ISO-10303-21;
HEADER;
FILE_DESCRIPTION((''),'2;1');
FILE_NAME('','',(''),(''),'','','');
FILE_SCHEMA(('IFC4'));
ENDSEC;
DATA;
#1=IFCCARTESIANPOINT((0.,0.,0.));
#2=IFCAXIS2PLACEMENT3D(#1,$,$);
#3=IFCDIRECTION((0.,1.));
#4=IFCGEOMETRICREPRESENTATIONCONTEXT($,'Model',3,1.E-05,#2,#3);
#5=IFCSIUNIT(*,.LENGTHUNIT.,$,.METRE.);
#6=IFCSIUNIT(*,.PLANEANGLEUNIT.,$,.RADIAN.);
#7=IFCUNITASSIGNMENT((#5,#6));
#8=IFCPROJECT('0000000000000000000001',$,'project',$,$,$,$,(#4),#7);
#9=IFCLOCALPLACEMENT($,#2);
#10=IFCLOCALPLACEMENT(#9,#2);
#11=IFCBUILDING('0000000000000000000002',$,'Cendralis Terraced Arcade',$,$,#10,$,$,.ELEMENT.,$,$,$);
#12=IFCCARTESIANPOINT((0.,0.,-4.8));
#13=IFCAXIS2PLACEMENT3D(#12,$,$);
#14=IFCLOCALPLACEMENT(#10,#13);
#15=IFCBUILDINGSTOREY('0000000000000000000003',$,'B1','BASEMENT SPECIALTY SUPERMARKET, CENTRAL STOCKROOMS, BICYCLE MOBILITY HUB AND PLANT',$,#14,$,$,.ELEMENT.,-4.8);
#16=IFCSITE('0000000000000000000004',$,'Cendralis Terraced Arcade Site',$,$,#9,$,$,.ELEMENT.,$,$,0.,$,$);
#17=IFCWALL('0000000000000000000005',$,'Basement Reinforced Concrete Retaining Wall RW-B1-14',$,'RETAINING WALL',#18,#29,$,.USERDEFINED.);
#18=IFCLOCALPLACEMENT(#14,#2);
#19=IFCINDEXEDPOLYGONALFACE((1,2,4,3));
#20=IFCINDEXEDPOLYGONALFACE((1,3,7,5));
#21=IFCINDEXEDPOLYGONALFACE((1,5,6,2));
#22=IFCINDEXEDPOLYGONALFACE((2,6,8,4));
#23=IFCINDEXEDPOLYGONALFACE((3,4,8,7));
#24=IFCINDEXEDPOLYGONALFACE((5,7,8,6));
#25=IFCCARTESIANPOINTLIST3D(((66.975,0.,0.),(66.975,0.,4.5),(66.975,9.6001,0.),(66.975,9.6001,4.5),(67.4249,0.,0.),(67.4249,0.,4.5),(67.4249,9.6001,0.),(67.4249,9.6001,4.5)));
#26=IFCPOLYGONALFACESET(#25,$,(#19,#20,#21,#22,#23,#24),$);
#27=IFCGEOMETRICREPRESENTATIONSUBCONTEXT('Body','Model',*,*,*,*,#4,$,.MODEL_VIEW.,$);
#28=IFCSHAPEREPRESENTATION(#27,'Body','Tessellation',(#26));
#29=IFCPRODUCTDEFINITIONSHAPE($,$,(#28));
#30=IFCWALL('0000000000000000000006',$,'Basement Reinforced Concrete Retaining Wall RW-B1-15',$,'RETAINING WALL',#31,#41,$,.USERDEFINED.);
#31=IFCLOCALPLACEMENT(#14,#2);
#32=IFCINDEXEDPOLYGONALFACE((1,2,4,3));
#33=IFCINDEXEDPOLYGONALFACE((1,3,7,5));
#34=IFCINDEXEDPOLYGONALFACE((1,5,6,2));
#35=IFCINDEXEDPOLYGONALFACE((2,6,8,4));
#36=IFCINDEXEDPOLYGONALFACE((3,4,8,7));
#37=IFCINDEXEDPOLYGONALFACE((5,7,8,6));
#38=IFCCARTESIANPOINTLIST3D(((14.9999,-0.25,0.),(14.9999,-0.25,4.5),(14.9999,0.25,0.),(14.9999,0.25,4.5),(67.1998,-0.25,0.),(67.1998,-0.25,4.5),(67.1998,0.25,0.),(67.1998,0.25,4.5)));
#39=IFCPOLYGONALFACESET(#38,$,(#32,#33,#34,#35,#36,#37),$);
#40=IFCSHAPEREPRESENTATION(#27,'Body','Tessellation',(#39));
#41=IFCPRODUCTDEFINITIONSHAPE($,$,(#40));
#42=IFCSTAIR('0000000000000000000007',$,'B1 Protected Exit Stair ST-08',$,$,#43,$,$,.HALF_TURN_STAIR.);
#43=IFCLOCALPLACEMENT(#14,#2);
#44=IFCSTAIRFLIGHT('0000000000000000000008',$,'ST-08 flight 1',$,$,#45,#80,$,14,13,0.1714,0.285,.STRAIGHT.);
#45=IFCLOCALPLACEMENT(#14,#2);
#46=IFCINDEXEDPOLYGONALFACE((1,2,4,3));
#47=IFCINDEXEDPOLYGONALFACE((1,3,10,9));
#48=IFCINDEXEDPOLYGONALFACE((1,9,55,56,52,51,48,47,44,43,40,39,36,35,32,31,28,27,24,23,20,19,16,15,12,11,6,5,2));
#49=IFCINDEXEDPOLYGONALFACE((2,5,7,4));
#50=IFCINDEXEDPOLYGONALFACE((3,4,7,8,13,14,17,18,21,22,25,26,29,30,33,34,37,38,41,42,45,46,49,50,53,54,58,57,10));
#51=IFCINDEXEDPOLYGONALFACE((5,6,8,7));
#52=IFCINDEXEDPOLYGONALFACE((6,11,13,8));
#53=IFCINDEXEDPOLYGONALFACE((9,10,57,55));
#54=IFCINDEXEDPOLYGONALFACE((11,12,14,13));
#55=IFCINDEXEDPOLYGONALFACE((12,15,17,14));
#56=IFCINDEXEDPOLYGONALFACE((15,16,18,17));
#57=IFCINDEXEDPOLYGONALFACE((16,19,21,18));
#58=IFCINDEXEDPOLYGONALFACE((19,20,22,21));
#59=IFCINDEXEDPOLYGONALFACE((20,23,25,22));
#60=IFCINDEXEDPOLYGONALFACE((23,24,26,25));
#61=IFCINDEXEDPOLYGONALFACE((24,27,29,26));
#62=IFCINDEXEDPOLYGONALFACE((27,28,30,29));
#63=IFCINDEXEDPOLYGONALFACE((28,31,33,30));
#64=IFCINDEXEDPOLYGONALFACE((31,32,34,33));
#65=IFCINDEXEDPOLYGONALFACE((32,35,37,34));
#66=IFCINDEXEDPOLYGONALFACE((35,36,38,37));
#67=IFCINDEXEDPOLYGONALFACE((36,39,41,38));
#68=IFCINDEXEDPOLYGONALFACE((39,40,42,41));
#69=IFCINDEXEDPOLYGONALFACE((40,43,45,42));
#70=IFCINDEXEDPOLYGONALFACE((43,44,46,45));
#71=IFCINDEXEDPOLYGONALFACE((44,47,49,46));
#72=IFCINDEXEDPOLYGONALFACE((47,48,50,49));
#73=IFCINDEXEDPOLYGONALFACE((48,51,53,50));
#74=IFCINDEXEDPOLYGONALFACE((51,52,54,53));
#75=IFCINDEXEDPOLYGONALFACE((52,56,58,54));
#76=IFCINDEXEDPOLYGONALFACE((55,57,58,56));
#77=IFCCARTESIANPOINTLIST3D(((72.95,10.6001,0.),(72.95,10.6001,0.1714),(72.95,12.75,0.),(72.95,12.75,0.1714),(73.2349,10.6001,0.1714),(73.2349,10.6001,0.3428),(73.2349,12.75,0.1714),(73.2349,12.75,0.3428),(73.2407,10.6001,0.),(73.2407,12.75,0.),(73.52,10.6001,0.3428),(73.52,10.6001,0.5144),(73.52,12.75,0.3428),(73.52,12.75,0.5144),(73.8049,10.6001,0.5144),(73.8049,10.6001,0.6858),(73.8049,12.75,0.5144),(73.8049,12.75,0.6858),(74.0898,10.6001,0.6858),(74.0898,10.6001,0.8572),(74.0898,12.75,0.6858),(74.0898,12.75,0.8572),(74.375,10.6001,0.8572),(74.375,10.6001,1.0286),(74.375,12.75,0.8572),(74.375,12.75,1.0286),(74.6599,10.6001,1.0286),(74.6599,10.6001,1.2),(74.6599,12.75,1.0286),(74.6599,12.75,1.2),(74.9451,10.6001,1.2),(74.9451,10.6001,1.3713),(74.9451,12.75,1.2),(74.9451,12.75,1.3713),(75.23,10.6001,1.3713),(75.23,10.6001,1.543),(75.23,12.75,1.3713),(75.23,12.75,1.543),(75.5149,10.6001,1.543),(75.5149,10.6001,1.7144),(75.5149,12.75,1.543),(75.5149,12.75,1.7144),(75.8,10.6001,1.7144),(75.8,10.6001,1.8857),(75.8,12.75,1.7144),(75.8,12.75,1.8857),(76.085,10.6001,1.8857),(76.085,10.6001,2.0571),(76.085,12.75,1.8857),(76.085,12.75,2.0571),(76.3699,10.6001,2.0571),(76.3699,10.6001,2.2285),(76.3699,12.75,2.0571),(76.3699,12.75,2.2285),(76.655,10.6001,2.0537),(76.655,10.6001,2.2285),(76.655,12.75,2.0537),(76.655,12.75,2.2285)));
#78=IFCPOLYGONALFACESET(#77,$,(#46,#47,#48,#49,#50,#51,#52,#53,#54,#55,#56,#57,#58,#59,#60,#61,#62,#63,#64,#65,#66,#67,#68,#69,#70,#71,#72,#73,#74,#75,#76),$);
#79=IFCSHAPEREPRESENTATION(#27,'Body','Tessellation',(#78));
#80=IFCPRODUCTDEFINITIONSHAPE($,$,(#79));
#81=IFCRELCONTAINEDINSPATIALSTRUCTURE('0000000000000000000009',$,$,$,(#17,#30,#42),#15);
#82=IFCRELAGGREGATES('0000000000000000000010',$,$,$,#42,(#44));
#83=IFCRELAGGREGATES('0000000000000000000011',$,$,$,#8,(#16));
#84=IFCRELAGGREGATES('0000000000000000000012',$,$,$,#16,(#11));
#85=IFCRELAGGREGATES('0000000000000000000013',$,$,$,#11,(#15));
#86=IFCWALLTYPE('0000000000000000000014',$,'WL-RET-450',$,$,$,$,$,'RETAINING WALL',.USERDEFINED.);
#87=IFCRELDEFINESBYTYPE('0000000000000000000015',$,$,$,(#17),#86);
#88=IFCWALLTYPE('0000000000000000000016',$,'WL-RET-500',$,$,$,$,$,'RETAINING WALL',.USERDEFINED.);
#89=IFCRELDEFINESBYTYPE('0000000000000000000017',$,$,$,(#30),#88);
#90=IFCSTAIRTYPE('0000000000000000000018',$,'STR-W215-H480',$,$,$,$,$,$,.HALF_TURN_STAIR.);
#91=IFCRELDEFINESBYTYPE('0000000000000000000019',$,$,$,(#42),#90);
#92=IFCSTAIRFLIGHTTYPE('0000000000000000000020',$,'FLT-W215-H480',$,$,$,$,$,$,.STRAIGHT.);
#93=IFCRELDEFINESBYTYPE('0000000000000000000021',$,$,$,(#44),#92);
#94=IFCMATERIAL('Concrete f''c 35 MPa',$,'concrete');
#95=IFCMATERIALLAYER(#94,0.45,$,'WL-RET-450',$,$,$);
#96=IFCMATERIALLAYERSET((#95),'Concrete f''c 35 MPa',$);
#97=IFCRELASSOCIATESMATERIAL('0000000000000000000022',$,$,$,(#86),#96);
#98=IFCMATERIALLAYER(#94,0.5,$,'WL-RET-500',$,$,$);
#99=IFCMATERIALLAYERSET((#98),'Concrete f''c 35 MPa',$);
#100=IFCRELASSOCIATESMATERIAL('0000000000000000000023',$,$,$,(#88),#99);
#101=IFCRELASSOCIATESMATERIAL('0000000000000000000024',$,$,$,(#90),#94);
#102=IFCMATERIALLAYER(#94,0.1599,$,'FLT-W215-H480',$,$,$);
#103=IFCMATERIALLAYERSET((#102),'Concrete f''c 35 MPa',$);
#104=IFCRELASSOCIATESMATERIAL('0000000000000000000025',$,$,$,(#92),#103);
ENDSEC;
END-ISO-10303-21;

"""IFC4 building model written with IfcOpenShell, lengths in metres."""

from ifc_helpers import new_model, si_unit, direction, frame, frame_2d, origin, place, context, subcontext, project, spatial, polyline, rectangle, outline, extrude, material, layer, layer_set, type_object, element, aggregate, save


model = new_model("IFC4")

# Units and contexts
model_context = context("Model", 3, precision=1e-05, world=origin(), true_north=direction((0.0, 1.0)))
body_context = subcontext(model_context, "Body", "Model", "MODEL_VIEW")
ifc_project = project(units=[si_unit("LENGTHUNIT", "METRE"), si_unit("PLANEANGLEUNIT", "RADIAN")], contexts=[model_context])

# Site, building, storey
site_placement = place(None, origin())
site = spatial("IfcSite", under=ifc_project, at=site_placement, Name="Cendralis Terraced Arcade Site", CompositionType="ELEMENT", RefElevation=0.0)
building_placement = place(site_placement, origin())
building = spatial("IfcBuilding", under=site, at=building_placement, Name="Cendralis Terraced Arcade", CompositionType="ELEMENT")
storey_placement = place(building_placement, frame((0.0, 0.0, -4.8)))
storey = spatial("IfcBuildingStorey", under=building, at=storey_placement, Name="B1", Description="BASEMENT SPECIALTY SUPERMARKET, CENTRAL STOCKROOMS, BICYCLE MOBILITY HUB AND PLANT", CompositionType="ELEMENT", Elevation=-4.8)

# Shared definitions
ifc_material_1 = material(Name="Concrete f'c 35 MPa", Category="concrete")

# Walls
ifc_layer_1 = layer(ifc_material_1, 0.45, Name="WL-RET-450")
ifc_layer_set_1 = layer_set([ifc_layer_1], Name="Concrete f'c 35 MPa")
wall_type_1 = type_object("IfcWallType", Name="WL-RET-450", ElementType="RETAINING WALL", PredefinedType="USERDEFINED", material=ifc_layer_set_1)
wall_1_placement = place(storey_placement, frame((67.2, 9.6001, 0.0), z_axis=(0.0, 0.0, 1.0), x_axis=(0.0, -1.0, 0.0)))
element("IfcWall", 1, at=wall_1_placement, inside=storey, type_object=wall_type_1, Name="Basement Reinforced Concrete Retaining Wall RW-B1-14", ObjectType="RETAINING WALL", PredefinedType="USERDEFINED", context=body_context, shape_type="SweptSolid", body=[
    extrude(rectangle(XDim=9.6001, YDim=0.45, at=frame_2d((4.8, 0.0))), origin(), (0.0, 0.0, 1.0), 4.5),
])
ifc_layer_2 = layer(ifc_material_1, 0.5, Name="WL-RET-500")
ifc_layer_set_2 = layer_set([ifc_layer_2], Name="Concrete f'c 35 MPa")
wall_type_2 = type_object("IfcWallType", Name="WL-RET-500", ElementType="RETAINING WALL", PredefinedType="USERDEFINED", material=ifc_layer_set_2)
wall_2_placement = place(storey_placement, frame((67.2, 0.0, 0.0), z_axis=(0.0, 0.0, 1.0), x_axis=(-1.0, 0.0, 0.0)))
element("IfcWall", 2, at=wall_2_placement, inside=storey, type_object=wall_type_2, Name="Basement Reinforced Concrete Retaining Wall RW-B1-15", ObjectType="RETAINING WALL", PredefinedType="USERDEFINED", context=body_context, shape_type="SweptSolid", body=[
    extrude(rectangle(XDim=52.2, YDim=0.5, at=frame_2d((26.1001, 0.0))), origin(), (0.0, 0.0, 1.0), 4.5),
])

# Stair, stair flight
stair_type = type_object("IfcStairType", Name="STR-W215-H480", PredefinedType="HALF_TURN_STAIR", material=ifc_material_1)
stair_placement = place(storey_placement, origin())
stair = element("IfcStair", 3, at=stair_placement, inside=storey, type_object=stair_type, Name="B1 Protected Exit Stair ST-08", PredefinedType="HALF_TURN_STAIR")
ifc_layer_3 = layer(ifc_material_1, 0.1599, Name="FLT-W215-H480")
ifc_layer_set_3 = layer_set([ifc_layer_3], Name="Concrete f'c 35 MPa")
stair_flight_type = type_object("IfcStairFlightType", Name="FLT-W215-H480", PredefinedType="STRAIGHT", material=ifc_layer_set_3)
stair_flight_placement = place(storey_placement, frame((72.95, 11.675, 0.0), z_axis=(0.0, 0.0, 1.0), x_axis=(1.0, 0.0, 0.0)))
stair_flight = element("IfcStairFlight", 4, at=stair_flight_placement, type_object=stair_flight_type, Name="ST-08 flight 1", NumberOfRisers=14, NumberOfTreads=13, PredefinedType="STRAIGHT", RiserHeight=0.1714, TreadLength=0.285, context=body_context, shape_type="SweptSolid", body=[
    extrude(outline(polyline([(0.0, 0.0), (0.0, 0.1714), (0.2849, 0.1714), (0.2849, 0.3428), (0.5701, 0.3428), (0.5701, 0.5144), (0.855, 0.5144), (0.855, 0.6858), (1.1399, 0.6858), (1.1399, 0.8572), (1.425, 0.8572), (1.425, 1.0286), (1.71, 1.0286), (1.71, 1.2), (1.9951, 1.2), (1.9951, 1.3713), (2.28, 1.3713), (2.28, 1.543), (2.5649, 1.543), (2.5649, 1.7144), (2.8501, 1.7144), (2.8501, 1.8857), (3.135, 1.8857), (3.135, 2.0571), (3.4199, 2.0571), (3.4199, 2.2285), (3.7051, 2.2285), (3.7051, 2.3999), (3.7051, 2.0537), (0.2908, 0.0), (0.0, 0.0)])), frame((0.0, 1.075, 0.0), z_axis=(0.0, -1.0, 0.0), x_axis=(1.0, 0.0, 0.0)), (0.0, 0.0, 1.0), 2.1499),
])
aggregate(stair, [stair_flight])

save(model, "model.ifc")
